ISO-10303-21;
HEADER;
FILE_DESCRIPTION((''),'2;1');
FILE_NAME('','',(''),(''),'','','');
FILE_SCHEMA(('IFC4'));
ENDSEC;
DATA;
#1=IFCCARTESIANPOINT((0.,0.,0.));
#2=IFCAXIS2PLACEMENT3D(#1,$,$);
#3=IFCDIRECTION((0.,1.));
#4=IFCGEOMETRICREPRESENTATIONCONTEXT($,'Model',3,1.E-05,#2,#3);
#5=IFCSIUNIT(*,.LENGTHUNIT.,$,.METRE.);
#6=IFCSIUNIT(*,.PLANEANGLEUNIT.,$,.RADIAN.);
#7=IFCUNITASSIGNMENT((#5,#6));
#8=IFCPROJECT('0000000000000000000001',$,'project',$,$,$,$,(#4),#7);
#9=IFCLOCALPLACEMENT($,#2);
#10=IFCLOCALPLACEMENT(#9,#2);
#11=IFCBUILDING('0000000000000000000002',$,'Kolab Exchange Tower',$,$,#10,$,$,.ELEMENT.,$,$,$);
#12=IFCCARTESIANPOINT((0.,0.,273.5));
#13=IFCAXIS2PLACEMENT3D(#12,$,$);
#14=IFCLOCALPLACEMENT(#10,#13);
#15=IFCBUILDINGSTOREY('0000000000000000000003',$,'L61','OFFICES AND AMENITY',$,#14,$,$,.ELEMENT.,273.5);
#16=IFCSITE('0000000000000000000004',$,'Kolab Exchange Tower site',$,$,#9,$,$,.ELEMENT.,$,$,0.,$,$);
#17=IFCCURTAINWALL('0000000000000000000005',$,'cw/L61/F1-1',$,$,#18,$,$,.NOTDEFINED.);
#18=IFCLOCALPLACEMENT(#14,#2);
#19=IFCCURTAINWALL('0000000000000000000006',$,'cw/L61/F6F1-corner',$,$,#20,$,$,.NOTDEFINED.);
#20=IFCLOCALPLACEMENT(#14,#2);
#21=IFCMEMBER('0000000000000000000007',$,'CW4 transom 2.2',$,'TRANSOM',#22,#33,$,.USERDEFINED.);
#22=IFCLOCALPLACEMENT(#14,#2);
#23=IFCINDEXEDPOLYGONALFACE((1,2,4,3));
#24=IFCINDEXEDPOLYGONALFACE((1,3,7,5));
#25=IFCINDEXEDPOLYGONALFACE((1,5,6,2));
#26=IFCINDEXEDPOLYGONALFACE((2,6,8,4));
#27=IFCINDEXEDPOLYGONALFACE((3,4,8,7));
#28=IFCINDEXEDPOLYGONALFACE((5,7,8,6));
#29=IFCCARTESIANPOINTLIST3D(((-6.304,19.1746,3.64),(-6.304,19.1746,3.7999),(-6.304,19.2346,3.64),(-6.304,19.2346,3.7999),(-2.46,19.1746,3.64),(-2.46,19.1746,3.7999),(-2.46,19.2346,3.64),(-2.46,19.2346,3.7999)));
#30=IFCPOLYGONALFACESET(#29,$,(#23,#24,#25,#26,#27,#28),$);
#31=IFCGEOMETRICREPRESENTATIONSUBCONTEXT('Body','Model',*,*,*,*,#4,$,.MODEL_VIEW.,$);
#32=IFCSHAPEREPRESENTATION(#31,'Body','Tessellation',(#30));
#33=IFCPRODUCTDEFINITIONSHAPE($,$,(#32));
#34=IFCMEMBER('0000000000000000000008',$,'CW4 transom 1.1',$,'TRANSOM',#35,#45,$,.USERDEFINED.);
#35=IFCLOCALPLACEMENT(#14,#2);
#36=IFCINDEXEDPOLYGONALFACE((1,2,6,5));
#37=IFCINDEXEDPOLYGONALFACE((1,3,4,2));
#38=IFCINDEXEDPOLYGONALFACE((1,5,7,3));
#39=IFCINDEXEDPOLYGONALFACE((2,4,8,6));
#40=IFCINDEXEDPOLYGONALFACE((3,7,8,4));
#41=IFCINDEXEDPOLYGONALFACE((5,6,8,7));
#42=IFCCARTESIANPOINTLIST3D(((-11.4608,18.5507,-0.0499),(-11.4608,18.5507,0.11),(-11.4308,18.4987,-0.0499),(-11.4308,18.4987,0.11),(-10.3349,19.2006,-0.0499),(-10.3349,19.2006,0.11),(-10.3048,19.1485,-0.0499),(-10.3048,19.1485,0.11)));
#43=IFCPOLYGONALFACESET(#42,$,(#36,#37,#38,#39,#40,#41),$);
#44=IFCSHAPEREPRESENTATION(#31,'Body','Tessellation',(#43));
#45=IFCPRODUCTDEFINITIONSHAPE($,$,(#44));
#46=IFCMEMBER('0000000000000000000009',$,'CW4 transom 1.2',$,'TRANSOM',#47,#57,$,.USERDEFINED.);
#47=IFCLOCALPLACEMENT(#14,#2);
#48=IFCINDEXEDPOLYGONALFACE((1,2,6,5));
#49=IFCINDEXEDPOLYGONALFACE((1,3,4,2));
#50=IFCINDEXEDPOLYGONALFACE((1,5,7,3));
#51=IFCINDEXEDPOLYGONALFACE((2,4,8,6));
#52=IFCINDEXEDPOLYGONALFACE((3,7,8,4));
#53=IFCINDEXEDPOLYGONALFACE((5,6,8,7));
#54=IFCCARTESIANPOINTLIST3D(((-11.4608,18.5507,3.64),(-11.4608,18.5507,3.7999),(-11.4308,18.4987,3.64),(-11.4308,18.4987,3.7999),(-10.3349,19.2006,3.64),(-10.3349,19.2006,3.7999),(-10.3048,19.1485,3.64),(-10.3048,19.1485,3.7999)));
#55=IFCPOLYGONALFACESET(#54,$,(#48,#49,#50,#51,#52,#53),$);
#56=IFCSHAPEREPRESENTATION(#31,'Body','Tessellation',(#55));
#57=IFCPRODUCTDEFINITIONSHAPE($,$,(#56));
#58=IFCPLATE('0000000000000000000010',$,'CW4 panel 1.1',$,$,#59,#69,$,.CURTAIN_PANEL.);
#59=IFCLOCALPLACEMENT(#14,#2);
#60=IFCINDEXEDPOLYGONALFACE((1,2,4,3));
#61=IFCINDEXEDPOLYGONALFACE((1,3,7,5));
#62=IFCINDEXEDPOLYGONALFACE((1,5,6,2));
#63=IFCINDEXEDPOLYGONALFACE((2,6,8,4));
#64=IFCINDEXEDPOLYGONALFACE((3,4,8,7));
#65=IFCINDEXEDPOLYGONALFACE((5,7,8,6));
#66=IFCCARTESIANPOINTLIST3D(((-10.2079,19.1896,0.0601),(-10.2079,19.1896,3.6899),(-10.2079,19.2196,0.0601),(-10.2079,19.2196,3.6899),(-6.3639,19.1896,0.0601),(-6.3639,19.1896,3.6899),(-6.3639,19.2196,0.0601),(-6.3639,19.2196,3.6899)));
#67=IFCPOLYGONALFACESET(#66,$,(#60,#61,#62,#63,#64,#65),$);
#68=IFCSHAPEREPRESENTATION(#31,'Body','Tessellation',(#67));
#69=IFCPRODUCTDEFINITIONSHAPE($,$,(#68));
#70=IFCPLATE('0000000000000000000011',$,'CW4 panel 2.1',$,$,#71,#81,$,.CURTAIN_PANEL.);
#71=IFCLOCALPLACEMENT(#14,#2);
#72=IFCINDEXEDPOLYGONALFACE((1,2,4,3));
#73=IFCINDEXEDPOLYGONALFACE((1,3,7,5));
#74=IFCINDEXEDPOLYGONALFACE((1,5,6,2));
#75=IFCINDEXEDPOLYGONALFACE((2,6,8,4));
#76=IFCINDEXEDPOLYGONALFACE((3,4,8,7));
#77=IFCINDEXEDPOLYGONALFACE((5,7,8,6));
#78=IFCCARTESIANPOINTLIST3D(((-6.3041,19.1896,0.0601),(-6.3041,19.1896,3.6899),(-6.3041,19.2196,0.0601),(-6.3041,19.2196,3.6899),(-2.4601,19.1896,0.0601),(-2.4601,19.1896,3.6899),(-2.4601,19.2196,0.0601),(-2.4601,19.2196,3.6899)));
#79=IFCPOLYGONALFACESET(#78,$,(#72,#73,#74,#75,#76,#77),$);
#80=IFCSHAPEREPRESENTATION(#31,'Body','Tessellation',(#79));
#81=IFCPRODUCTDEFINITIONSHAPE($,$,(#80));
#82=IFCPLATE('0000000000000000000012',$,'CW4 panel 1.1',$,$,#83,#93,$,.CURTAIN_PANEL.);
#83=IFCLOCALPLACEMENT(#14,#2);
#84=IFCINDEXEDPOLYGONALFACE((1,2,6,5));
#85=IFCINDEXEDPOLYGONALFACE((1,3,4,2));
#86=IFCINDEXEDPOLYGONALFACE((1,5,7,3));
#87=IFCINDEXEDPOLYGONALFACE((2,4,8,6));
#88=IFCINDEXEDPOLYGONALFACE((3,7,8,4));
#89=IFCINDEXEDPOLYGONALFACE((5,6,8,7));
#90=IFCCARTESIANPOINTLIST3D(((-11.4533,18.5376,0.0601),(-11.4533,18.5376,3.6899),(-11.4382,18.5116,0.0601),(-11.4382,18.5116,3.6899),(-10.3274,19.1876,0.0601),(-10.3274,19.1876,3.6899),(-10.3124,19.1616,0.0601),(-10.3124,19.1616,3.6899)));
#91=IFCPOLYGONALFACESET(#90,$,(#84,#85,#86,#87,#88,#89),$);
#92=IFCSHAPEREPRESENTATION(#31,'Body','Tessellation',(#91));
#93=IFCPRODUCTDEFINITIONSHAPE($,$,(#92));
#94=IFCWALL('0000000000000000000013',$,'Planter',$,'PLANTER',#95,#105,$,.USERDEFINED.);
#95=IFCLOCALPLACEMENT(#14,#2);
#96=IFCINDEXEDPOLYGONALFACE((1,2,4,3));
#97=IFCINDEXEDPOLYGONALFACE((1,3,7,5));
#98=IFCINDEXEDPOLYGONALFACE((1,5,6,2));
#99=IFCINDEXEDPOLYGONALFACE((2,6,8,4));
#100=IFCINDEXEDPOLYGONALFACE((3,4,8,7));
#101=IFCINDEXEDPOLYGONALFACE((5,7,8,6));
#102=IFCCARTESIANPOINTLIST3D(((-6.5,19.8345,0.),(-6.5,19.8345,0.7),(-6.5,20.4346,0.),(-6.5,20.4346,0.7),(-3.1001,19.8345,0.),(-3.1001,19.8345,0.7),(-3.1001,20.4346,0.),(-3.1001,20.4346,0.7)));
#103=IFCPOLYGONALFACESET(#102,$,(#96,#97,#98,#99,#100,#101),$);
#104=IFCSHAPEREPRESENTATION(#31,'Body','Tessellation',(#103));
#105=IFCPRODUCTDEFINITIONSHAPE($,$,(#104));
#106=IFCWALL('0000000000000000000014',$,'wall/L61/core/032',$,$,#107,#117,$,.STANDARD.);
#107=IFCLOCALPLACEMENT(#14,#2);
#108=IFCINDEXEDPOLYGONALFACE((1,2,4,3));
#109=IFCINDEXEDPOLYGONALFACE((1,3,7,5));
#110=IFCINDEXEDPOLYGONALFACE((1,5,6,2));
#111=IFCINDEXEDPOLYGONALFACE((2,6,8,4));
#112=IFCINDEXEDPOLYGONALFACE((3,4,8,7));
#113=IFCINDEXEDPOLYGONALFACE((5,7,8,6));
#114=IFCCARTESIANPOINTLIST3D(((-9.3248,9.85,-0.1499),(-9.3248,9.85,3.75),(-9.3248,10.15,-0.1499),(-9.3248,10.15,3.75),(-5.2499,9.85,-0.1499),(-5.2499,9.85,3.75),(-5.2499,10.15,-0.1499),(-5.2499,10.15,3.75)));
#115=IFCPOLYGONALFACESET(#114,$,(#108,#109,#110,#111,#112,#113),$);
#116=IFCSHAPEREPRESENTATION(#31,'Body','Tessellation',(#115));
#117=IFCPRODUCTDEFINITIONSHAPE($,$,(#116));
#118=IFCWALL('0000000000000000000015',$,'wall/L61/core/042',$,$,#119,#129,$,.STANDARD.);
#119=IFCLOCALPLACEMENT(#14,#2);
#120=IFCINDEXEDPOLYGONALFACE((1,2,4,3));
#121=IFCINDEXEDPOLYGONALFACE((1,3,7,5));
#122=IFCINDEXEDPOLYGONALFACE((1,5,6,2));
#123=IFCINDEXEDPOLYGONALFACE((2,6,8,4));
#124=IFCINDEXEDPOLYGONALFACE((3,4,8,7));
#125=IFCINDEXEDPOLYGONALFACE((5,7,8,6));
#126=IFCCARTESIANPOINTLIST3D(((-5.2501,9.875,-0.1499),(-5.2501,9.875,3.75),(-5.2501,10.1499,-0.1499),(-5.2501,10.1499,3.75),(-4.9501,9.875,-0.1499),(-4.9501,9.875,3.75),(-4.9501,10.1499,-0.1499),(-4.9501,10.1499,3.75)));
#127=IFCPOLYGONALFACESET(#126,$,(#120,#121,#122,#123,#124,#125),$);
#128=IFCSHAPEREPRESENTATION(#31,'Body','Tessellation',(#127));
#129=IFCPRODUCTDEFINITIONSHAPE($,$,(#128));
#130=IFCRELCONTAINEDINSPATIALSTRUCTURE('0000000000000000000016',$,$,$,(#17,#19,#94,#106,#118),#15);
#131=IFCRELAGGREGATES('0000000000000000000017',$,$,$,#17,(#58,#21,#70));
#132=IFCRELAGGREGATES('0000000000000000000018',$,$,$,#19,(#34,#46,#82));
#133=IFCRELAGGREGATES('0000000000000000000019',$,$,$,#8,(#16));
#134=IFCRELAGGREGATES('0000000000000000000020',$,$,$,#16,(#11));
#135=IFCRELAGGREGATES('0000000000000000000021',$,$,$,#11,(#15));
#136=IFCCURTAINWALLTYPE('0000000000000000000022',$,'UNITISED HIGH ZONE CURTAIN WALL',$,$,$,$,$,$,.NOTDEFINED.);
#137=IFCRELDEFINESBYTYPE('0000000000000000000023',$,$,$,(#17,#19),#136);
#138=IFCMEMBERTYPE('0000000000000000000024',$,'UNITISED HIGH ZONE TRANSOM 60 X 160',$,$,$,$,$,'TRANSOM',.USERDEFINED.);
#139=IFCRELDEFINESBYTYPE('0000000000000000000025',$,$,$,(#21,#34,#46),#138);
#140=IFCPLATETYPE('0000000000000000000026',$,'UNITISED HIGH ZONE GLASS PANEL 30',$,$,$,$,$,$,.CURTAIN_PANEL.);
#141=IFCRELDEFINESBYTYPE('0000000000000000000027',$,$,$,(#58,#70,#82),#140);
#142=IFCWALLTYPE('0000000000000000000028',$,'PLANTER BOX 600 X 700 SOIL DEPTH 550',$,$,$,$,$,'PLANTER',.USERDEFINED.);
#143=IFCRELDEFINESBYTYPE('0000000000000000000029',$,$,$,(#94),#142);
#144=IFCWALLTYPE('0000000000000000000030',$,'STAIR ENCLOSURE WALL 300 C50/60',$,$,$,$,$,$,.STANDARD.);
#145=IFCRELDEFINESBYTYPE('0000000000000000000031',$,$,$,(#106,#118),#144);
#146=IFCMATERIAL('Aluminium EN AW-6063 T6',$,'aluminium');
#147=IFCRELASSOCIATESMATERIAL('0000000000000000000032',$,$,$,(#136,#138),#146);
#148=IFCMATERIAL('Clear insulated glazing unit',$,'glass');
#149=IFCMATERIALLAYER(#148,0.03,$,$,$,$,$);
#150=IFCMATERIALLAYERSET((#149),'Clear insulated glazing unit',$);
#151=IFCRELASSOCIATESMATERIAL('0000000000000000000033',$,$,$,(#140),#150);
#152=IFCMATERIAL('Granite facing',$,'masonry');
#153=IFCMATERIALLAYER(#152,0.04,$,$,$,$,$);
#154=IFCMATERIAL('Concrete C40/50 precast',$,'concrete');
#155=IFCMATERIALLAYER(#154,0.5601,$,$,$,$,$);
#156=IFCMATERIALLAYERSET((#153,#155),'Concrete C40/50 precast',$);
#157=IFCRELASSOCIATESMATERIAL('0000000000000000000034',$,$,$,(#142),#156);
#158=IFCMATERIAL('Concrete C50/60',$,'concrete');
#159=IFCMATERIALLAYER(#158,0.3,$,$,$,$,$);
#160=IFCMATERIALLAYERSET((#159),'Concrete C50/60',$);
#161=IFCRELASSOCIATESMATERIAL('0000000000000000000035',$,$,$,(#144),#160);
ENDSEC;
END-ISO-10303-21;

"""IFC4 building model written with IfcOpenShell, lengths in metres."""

from ifc_helpers import new_model, si_unit, direction, frame, frame_2d, origin, origin_2d, place, context, subcontext, project, spatial, rectangle, extrude, material, layer, layer_set, material_profile, profile_set, type_object, element, aggregate, save


model = new_model("IFC4")

# Units and contexts
model_context = context("Model", 3, precision=1e-05, world=origin(), true_north=direction((0.0, 1.0)))
body_context = subcontext(model_context, "Body", "Model", "MODEL_VIEW")
ifc_project = project(units=[si_unit("LENGTHUNIT", "METRE"), si_unit("PLANEANGLEUNIT", "RADIAN")], contexts=[model_context])

# Site, building, storey
site_placement = place(None, origin())
site = spatial("IfcSite", under=ifc_project, at=site_placement, Name="Kolab Exchange Tower site", CompositionType="ELEMENT", RefElevation=0.0)
building_placement = place(site_placement, origin())
building = spatial("IfcBuilding", under=site, at=building_placement, Name="Kolab Exchange Tower", CompositionType="ELEMENT")
storey_placement = place(building_placement, frame((0.0, 0.0, 273.5)))
storey = spatial("IfcBuildingStorey", under=building, at=storey_placement, Name="L61", Description="OFFICES AND AMENITY", CompositionType="ELEMENT", Elevation=273.5)

# Shared definitions
ifc_material_1 = material(Name="Concrete C50/60", Category="concrete")

# Curtain wall
ifc_material_2 = material(Name="Aluminium EN AW-6063 T6", Category="aluminium")
curtain_wall_type = type_object("IfcCurtainWallType", Name="UNITISED HIGH ZONE CURTAIN WALL", PredefinedType="NOTDEFINED", material=ifc_material_2)
curtain_wall_1_placement = place(storey_placement, origin())
curtain_wall_1 = element("IfcCurtainWall", 1, at=curtain_wall_1_placement, inside=storey, type_object=curtain_wall_type, Name="cw/L61/F1-1", PredefinedType="NOTDEFINED")

# Curtain wall
curtain_wall_2_placement = place(storey_placement, origin())
curtain_wall_2 = element("IfcCurtainWall", 2, at=curtain_wall_2_placement, inside=storey, type_object=curtain_wall_type, Name="cw/L61/F6F1-corner", PredefinedType="NOTDEFINED")

# Members
ifc_material_profile_1 = material_profile(ifc_material_2, rectangle(XDim=0.0601, YDim=0.1599, at=origin_2d()), Name="RECT 60X160")
ifc_profile_set_1 = profile_set([ifc_material_profile_1], Name="Aluminium EN AW-6063 T6")
member_type_1 = type_object("IfcMemberType", Name="UNITISED HIGH ZONE TRANSOM 60 X 160", ElementType="TRANSOM", PredefinedType="USERDEFINED", material=ifc_profile_set_1)
member_1_placement = place(storey_placement, frame((-6.304, 19.2046, 3.72), z_axis=(1.0, 0.0, 0.0), x_axis=(0.0, 1.0, 0.0)))
member_1 = element("IfcMember", 3, at=member_1_placement, type_object=member_type_1, Name="CW4 transom 2.2", ObjectType="TRANSOM", PredefinedType="USERDEFINED", context=body_context, shape_type="SweptSolid", body=[
    extrude(rectangle(XDim=0.0601, YDim=0.1599, at=origin_2d()), origin(), (0.0, 0.0, 1.0), 3.844),
])
member_2_placement = place(storey_placement, frame((-11.4458, 18.5247, 0.03), z_axis=(0.866086, 0.499896, 0.0), x_axis=(-0.499896, 0.866086, 0.0)))
member_2 = element("IfcMember", 4, at=member_2_placement, type_object=member_type_1, Name="CW4 transom 1.1", ObjectType="TRANSOM", PredefinedType="USERDEFINED", context=body_context, shape_type="SweptSolid", body=[
    extrude(rectangle(XDim=0.0601, YDim=0.1599, at=origin_2d()), origin(), (0.0, 0.0, 1.0), 1.3),
])
member_3_placement = place(storey_placement, frame((-11.4458, 18.5247, 3.72), z_axis=(0.866086, 0.499896, 0.0), x_axis=(-0.499896, 0.866086, 0.0)))
member_3 = element("IfcMember", 5, at=member_3_placement, type_object=member_type_1, Name="CW4 transom 1.2", ObjectType="TRANSOM", PredefinedType="USERDEFINED", context=body_context, shape_type="SweptSolid", body=[
    extrude(rectangle(XDim=0.0601, YDim=0.1599, at=origin_2d()), origin(), (0.0, 0.0, 1.0), 1.3),
])

# Plates
ifc_material_3 = material(Name="Clear insulated glazing unit", Category="glass")
ifc_layer_1 = layer(ifc_material_3, 0.03)
ifc_layer_set_1 = layer_set([ifc_layer_1], Name="Clear insulated glazing unit")
plate_type = type_object("IfcPlateType", Name="UNITISED HIGH ZONE GLASS PANEL 30", PredefinedType="CURTAIN_PANEL", material=ifc_layer_set_1)
plate_1_placement = place(storey_placement, frame((-8.2859, 19.2046, 0.0601), z_axis=(0.0, 0.0, 1.0), x_axis=(1.0, 0.0, 0.0)))
plate_1 = element("IfcPlate", 6, at=plate_1_placement, type_object=plate_type, Name="CW4 panel 1.1", PredefinedType="CURTAIN_PANEL", context=body_context, shape_type="SweptSolid", body=[
    extrude(rectangle(XDim=3.844, YDim=0.03, at=origin_2d()), origin(), (0.0, 0.0, 1.0), 3.6299),
])
plate_2_placement = place(storey_placement, frame((-4.3821, 19.2046, 0.0601), z_axis=(0.0, 0.0, 1.0), x_axis=(1.0, 0.0, 0.0)))
plate_2 = element("IfcPlate", 7, at=plate_2_placement, type_object=plate_type, Name="CW4 panel 2.1", PredefinedType="CURTAIN_PANEL", context=body_context, shape_type="SweptSolid", body=[
    extrude(rectangle(XDim=3.844, YDim=0.03, at=origin_2d()), origin(), (0.0, 0.0, 1.0), 3.6299),
])
aggregate(curtain_wall_1, [plate_1, member_1, plate_2])
plate_3_placement = place(storey_placement, frame((-10.8828, 18.8496, 0.0601), z_axis=(0.0, 0.0, 1.0), x_axis=(0.866025, 0.5, 0.0)))
plate_3 = element("IfcPlate", 8, at=plate_3_placement, type_object=plate_type, Name="CW4 panel 1.1", PredefinedType="CURTAIN_PANEL", context=body_context, shape_type="SweptSolid", body=[
    extrude(rectangle(XDim=1.3, YDim=0.03, at=origin_2d()), origin(), (0.0, 0.0, 1.0), 3.6299),
])
aggregate(curtain_wall_2, [member_2, member_3, plate_3])

# Walls
ifc_material_4 = material(Name="Granite facing", Category="masonry")
ifc_layer_2 = layer(ifc_material_4, 0.04)
ifc_material_5 = material(Name="Concrete C40/50 precast", Category="concrete")
ifc_layer_3 = layer(ifc_material_5, 0.5601)
ifc_layer_set_2 = layer_set([ifc_layer_2, ifc_layer_3], Name="Concrete C40/50 precast")
wall_type_1 = type_object("IfcWallType", Name="PLANTER BOX 600 X 700 SOIL DEPTH 550", ElementType="PLANTER", PredefinedType="USERDEFINED", material=ifc_layer_set_2)
wall_1_placement = place(storey_placement, frame((-6.5, 20.1345, 0.0), z_axis=(0.0, 0.0, 1.0), x_axis=(1.0, 0.0, 0.0)))
element("IfcWall", 9, at=wall_1_placement, inside=storey, type_object=wall_type_1, Name="Planter", ObjectType="PLANTER", PredefinedType="USERDEFINED", context=body_context, shape_type="SweptSolid", body=[
    extrude(rectangle(XDim=3.3999, YDim=0.6001, at=frame_2d((1.7, 0.0))), origin(), (0.0, 0.0, 1.0), 0.7),
])
ifc_layer_4 = layer(ifc_material_1, 0.3)
ifc_layer_set_3 = layer_set([ifc_layer_4], Name="Concrete C50/60")
wall_type_2 = type_object("IfcWallType", Name="STAIR ENCLOSURE WALL 300 C50/60", PredefinedType="STANDARD", material=ifc_layer_set_3)
wall_2_placement = place(storey_placement, frame((-9.325, 10.0, -0.1499), z_axis=(0.0, 0.0, 1.0), x_axis=(1.0, 0.0, 0.0)))
element("IfcWall", 10, at=wall_2_placement, inside=storey, type_object=wall_type_2, Name="wall/L61/core/032", PredefinedType="STANDARD", context=body_context, shape_type="SweptSolid", body=[
    extrude(rectangle(XDim=4.075, YDim=0.3, at=frame_2d((2.0376, 0.0))), origin(), (0.0, 0.0, 1.0), 3.8999),
])
wall_3_placement = place(storey_placement, frame((-5.1001, 9.875, -0.1499), z_axis=(0.0, 0.0, 1.0), x_axis=(0.0, 1.0, 0.0)))
element("IfcWall", 11, at=wall_3_placement, inside=storey, type_object=wall_type_2, Name="wall/L61/core/042", PredefinedType="STANDARD", context=body_context, shape_type="SweptSolid", body=[
    extrude(rectangle(XDim=0.2749, YDim=0.3, at=frame_2d((0.1375, 0.0))), origin(), (0.0, 0.0, 1.0), 3.8999),
])

save(model, "model.ifc")
